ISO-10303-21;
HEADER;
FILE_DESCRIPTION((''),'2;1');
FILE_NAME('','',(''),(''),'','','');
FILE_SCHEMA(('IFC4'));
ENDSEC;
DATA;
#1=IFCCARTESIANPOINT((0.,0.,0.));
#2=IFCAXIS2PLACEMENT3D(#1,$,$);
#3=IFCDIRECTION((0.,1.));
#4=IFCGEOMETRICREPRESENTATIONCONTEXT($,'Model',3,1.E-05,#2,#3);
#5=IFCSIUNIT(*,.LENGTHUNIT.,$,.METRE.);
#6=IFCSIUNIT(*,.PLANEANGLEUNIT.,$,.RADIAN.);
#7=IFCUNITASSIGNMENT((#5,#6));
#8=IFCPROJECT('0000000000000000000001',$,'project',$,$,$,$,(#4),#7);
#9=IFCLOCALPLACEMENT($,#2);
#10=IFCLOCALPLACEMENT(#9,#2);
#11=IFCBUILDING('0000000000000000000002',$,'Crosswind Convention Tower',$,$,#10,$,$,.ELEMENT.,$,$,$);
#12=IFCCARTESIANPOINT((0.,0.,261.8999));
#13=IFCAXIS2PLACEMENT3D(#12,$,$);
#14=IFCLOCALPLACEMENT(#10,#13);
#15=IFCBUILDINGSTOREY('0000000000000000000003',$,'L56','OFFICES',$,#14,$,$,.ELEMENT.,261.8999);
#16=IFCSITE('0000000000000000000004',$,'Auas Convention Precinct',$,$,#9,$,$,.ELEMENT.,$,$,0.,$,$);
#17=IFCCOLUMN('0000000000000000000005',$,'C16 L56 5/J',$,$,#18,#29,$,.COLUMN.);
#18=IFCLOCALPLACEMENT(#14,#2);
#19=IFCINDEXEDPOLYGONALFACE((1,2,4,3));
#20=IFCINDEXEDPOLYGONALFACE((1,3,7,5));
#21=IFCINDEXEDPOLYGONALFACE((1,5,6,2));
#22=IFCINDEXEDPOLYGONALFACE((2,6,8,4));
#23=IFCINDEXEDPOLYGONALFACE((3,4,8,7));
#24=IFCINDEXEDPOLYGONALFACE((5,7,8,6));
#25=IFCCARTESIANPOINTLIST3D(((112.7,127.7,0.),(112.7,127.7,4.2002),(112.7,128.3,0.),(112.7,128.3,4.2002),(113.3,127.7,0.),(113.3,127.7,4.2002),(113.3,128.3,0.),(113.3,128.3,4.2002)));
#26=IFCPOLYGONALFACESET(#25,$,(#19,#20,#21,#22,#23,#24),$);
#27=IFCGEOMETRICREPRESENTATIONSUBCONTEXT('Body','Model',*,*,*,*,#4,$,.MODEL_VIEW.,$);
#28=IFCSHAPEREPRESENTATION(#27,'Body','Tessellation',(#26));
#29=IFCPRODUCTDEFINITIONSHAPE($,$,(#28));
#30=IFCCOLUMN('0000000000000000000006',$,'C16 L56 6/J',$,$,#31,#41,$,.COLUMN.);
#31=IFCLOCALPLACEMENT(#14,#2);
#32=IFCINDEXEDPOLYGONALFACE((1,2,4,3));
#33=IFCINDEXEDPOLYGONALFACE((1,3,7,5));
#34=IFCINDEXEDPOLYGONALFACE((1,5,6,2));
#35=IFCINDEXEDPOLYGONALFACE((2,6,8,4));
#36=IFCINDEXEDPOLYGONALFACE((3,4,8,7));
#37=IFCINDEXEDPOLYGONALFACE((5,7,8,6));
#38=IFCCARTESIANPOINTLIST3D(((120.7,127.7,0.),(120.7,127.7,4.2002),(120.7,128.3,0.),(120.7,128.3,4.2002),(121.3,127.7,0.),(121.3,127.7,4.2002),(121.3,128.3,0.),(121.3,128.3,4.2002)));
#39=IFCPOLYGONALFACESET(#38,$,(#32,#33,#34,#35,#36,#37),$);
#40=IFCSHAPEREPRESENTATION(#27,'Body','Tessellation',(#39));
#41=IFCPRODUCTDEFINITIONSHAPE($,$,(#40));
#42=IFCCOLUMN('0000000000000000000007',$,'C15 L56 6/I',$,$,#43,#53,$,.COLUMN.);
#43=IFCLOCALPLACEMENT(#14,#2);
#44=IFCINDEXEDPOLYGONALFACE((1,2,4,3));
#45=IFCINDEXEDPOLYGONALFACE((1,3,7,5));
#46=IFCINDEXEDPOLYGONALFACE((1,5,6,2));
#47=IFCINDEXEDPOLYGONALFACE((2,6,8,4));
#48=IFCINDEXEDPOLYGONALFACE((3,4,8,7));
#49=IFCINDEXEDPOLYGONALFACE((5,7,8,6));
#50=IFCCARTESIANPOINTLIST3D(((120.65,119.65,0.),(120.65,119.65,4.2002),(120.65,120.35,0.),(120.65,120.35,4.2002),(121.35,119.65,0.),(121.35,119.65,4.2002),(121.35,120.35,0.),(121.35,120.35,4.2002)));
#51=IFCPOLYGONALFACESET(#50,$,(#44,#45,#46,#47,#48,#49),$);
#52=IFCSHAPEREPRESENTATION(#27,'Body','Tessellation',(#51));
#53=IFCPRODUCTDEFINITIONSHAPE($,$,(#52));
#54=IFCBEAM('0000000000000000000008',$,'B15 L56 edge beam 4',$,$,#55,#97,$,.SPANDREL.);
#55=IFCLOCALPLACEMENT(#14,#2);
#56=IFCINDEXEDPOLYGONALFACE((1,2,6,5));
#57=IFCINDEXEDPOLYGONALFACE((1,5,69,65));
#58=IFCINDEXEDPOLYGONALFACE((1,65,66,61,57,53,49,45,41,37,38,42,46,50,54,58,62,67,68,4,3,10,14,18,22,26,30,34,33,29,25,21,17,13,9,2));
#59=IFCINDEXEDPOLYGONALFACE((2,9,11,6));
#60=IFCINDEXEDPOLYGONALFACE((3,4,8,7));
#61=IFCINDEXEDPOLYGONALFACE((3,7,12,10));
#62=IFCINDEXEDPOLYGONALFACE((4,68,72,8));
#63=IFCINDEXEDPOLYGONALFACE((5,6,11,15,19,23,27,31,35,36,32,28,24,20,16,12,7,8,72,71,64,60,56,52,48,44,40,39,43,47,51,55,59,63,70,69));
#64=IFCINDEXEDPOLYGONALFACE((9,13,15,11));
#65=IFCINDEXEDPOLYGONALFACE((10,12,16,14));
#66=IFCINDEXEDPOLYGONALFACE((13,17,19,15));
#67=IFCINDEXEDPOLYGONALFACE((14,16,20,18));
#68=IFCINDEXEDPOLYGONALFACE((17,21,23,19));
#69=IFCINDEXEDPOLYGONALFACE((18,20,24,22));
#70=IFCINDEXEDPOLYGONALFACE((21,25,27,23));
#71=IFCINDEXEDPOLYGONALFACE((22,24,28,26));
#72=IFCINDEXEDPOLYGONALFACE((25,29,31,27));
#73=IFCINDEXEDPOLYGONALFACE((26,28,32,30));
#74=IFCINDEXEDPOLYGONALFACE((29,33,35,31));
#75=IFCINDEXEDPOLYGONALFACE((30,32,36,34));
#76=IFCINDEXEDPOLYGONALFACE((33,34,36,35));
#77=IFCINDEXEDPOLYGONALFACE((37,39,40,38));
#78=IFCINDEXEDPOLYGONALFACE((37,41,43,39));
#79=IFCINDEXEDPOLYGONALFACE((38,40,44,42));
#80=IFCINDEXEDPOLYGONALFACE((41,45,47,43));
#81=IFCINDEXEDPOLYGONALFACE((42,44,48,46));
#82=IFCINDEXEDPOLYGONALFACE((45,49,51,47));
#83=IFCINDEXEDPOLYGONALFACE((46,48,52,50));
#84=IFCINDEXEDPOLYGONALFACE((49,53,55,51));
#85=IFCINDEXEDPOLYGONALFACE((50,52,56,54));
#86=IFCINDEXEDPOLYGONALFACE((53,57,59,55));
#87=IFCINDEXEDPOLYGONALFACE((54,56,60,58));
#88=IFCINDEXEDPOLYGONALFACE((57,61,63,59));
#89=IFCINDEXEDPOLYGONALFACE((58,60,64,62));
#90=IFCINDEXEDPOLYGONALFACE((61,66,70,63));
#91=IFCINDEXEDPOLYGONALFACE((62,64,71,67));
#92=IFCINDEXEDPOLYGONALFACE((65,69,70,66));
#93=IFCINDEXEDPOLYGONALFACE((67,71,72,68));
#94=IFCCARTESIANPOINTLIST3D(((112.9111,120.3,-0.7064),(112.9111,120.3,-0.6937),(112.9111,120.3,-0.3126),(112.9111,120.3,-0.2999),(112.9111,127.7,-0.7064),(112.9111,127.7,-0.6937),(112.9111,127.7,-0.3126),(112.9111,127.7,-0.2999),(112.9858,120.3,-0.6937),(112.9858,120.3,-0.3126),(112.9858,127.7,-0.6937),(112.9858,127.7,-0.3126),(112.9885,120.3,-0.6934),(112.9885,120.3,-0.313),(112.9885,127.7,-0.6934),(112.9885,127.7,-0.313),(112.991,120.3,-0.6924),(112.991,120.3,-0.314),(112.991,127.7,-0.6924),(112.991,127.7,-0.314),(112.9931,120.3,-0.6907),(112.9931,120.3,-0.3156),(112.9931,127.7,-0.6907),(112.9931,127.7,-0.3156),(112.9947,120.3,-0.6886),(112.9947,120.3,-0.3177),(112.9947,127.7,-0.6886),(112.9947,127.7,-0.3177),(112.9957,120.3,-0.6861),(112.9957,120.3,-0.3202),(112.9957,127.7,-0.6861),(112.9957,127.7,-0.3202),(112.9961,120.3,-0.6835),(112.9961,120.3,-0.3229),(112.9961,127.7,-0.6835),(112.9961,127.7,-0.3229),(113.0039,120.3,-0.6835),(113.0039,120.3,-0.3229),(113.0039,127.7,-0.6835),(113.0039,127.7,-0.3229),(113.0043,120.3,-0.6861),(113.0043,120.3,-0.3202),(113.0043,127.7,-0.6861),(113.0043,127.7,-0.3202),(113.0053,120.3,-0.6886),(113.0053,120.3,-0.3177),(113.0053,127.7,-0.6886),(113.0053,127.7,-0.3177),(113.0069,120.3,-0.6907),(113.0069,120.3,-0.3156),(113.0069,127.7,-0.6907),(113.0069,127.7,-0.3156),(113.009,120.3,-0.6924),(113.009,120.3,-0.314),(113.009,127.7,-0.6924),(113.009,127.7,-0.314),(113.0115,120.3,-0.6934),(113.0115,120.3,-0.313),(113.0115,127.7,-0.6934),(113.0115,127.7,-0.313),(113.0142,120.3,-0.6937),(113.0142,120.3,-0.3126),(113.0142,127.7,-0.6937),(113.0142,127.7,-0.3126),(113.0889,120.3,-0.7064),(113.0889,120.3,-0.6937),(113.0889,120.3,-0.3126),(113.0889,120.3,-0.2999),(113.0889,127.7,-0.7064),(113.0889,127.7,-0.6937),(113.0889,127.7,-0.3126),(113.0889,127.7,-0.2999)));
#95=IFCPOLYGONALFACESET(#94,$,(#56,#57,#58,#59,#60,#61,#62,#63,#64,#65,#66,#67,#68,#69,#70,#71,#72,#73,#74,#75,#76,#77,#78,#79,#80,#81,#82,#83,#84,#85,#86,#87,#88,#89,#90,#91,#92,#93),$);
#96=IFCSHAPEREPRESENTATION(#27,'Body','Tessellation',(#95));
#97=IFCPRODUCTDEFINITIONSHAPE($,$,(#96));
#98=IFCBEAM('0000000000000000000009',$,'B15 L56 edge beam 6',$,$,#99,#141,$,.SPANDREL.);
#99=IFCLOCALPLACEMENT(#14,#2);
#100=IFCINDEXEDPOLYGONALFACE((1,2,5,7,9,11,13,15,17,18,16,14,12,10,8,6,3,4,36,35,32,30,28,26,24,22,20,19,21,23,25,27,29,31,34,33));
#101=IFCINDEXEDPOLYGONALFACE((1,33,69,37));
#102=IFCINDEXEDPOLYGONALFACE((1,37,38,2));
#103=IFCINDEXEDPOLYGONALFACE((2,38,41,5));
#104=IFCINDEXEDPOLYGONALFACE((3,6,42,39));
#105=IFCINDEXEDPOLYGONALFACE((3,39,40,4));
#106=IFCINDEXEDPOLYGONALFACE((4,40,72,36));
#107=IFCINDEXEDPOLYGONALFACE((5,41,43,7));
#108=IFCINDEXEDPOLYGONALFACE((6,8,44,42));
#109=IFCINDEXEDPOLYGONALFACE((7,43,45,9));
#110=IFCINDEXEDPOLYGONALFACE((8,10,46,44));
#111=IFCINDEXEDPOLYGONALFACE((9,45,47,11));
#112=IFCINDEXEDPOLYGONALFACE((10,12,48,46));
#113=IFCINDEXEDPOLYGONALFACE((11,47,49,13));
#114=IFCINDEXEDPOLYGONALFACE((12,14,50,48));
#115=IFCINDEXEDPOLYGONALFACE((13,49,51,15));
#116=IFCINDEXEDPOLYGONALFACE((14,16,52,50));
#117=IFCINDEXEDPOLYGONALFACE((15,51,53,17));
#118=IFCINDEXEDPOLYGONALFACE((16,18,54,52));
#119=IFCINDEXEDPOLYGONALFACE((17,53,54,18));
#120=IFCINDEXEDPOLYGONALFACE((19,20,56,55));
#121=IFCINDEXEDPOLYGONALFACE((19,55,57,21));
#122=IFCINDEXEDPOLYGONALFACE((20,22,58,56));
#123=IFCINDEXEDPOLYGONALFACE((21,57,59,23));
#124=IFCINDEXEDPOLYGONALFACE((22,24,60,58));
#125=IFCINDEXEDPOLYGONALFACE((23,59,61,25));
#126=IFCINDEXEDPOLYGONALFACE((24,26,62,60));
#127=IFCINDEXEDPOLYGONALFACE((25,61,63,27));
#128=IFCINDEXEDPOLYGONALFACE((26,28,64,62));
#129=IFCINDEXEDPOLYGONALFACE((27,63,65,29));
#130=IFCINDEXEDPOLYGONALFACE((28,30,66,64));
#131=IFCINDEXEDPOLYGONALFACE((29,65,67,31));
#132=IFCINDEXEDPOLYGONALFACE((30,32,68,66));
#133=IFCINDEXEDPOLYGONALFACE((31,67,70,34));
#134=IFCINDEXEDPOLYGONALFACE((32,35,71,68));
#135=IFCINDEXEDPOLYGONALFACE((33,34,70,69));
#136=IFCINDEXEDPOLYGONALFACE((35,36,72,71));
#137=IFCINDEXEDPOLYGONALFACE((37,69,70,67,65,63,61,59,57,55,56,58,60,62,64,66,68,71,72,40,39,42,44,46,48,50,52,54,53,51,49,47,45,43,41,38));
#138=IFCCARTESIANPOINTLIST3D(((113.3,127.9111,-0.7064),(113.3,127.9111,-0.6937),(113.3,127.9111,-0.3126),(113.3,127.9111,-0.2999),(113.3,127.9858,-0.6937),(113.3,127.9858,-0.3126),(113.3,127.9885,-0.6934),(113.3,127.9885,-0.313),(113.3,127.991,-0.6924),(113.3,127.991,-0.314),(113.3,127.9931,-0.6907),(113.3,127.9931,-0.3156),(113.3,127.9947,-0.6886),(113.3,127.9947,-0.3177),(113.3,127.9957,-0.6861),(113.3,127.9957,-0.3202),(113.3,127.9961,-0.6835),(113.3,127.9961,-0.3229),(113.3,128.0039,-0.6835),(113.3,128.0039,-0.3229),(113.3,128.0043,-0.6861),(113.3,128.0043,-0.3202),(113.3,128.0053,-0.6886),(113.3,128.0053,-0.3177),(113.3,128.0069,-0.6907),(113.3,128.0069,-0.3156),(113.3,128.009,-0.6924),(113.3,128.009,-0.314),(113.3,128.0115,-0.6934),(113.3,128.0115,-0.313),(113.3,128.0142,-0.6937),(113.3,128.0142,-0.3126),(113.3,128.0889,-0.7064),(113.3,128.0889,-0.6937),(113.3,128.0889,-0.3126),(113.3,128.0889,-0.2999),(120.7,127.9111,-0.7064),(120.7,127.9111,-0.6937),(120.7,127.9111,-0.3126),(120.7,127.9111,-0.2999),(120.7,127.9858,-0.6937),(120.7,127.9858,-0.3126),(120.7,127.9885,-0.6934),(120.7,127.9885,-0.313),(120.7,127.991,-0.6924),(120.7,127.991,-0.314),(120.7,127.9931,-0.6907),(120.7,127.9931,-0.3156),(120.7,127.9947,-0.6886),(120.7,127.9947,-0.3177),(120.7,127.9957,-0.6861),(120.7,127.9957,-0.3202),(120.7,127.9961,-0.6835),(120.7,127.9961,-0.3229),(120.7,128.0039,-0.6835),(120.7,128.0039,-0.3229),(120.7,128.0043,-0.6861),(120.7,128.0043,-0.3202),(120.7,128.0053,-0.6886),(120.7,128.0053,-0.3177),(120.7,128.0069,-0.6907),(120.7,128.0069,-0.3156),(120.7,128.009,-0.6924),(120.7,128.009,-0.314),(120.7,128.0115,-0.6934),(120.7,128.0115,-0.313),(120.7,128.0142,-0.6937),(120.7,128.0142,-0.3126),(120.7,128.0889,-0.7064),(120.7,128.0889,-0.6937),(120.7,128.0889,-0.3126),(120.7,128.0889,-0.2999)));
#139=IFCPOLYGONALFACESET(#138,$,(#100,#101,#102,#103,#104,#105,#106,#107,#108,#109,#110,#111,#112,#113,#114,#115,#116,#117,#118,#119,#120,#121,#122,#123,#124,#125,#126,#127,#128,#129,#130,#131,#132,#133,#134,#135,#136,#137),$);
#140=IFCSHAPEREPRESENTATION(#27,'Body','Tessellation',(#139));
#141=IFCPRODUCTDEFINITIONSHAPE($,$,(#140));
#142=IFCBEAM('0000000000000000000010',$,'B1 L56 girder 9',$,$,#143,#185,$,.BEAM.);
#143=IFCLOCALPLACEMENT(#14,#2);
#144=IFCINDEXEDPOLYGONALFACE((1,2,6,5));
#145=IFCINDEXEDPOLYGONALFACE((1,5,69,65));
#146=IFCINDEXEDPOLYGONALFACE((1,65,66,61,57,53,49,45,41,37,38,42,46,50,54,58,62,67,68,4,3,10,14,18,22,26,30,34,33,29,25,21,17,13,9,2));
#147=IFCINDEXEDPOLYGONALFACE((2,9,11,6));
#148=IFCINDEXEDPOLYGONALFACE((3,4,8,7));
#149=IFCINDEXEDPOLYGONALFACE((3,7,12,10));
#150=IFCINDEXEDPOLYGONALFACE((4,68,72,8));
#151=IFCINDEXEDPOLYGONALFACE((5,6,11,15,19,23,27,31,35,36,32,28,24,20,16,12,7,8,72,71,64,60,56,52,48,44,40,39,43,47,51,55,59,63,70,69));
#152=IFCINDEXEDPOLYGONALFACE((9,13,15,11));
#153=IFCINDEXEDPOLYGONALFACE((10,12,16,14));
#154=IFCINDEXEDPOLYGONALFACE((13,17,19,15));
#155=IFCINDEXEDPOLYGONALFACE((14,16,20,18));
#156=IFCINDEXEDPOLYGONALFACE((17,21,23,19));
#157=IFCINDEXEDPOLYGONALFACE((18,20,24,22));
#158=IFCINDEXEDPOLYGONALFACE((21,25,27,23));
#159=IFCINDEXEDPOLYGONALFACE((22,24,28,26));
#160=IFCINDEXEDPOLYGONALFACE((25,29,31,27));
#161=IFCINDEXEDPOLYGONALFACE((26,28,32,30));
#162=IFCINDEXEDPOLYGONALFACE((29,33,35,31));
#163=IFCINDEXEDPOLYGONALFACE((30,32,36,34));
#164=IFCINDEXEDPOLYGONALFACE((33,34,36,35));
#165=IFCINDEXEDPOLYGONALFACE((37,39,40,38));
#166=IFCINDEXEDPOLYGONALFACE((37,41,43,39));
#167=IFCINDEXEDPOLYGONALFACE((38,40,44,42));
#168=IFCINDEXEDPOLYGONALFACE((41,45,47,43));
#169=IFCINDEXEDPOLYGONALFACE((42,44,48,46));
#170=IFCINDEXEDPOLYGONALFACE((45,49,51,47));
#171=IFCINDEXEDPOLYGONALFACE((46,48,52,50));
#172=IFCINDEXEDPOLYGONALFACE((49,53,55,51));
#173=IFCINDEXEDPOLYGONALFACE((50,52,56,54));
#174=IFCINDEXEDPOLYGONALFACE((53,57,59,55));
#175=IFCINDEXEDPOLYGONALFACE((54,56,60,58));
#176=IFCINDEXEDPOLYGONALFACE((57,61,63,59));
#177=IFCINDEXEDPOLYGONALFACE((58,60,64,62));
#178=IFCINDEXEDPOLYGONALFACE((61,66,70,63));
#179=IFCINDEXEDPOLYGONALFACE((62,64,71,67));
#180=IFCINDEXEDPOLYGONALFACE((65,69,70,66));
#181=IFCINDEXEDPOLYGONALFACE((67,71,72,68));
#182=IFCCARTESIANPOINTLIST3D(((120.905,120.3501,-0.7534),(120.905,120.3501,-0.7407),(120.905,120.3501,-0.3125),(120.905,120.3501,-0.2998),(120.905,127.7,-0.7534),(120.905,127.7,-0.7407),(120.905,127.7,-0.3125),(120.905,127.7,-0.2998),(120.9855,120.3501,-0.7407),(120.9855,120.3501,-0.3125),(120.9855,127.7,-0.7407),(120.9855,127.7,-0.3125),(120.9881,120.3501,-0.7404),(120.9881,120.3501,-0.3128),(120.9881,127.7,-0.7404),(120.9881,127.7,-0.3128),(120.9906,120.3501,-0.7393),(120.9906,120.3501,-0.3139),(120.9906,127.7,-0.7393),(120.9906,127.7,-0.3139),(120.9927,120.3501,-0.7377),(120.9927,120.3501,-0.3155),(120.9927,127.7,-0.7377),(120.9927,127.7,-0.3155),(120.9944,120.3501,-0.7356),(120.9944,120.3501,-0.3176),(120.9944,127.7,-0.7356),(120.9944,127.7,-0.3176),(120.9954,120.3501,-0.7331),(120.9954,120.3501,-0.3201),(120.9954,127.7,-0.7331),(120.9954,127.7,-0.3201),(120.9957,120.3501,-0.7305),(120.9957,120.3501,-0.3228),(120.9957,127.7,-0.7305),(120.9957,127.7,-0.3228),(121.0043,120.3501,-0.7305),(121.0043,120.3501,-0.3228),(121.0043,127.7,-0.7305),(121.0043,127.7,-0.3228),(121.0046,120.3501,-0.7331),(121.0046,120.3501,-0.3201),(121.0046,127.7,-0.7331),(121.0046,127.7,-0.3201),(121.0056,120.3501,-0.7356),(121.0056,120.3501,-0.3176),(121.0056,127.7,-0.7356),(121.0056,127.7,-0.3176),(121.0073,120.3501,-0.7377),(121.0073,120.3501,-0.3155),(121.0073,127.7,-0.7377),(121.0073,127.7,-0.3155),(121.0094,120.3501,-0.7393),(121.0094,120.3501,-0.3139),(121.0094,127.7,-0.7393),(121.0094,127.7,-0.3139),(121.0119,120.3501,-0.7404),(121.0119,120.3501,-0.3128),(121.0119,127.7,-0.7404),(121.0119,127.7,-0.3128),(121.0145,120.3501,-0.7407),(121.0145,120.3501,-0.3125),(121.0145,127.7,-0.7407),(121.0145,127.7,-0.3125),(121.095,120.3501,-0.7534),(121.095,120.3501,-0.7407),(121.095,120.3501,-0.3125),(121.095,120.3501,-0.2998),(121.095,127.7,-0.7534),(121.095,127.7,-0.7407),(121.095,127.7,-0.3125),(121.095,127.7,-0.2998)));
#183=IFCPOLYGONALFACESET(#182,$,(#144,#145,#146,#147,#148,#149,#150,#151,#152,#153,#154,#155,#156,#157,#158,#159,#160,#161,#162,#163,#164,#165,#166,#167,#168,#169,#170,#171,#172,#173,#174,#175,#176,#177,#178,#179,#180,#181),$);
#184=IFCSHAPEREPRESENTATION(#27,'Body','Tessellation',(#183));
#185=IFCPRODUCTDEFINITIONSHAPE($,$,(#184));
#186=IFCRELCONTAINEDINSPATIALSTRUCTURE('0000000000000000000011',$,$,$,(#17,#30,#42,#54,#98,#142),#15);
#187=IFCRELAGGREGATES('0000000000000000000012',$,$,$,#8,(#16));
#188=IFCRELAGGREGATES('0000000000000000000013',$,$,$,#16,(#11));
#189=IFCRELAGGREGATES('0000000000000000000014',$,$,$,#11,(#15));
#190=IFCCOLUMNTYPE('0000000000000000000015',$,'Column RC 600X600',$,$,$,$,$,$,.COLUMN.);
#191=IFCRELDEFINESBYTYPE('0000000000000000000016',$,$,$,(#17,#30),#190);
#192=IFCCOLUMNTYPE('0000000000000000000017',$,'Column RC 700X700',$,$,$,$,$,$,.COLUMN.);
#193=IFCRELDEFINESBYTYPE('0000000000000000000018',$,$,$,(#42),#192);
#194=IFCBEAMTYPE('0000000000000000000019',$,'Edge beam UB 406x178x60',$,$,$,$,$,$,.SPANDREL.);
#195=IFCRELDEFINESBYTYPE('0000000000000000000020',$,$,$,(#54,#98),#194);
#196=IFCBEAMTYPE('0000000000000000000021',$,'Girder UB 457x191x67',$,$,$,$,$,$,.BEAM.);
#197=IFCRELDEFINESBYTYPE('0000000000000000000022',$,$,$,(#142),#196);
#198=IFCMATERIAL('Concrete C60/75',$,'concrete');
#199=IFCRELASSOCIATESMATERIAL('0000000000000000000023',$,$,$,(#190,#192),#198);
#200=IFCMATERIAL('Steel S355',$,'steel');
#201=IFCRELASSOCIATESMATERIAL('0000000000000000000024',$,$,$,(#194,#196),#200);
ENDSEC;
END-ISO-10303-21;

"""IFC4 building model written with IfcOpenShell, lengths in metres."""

from ifc_helpers import new_model, si_unit, direction, frame, origin, origin_2d, place, context, subcontext, project, spatial, rectangle, i_section, extrude, material, material_profile, profile_set, type_object, element, save


model = new_model("IFC4")

# Units and contexts
model_context = context("Model", 3, precision=1e-05, world=origin(), true_north=direction((0.0, 1.0)))
body_context = subcontext(model_context, "Body", "Model", "MODEL_VIEW")
ifc_project = project(units=[si_unit("LENGTHUNIT", "METRE"), si_unit("PLANEANGLEUNIT", "RADIAN")], contexts=[model_context])

# Site, building, storey
site_placement = place(None, origin())
site = spatial("IfcSite", under=ifc_project, at=site_placement, Name="Auas Convention Precinct", CompositionType="ELEMENT", RefElevation=0.0)
building_placement = place(site_placement, origin())
building = spatial("IfcBuilding", under=site, at=building_placement, Name="Crosswind Convention Tower", CompositionType="ELEMENT")
storey_placement = place(building_placement, frame((0.0, 0.0, 261.8999)))
storey = spatial("IfcBuildingStorey", under=building, at=storey_placement, Name="L56", Description="OFFICES", CompositionType="ELEMENT", Elevation=261.8999)

# Columns
ifc_material_1 = material(Name="Concrete C60/75", Category="concrete")
ifc_material_profile_1 = material_profile(ifc_material_1, rectangle(XDim=0.6001, YDim=0.6001, at=origin_2d()), Name="RC 600X600")
ifc_profile_set_1 = profile_set([ifc_material_profile_1], Name="Concrete C60/75")
column_type_1 = type_object("IfcColumnType", Name="Column RC 600X600", PredefinedType="COLUMN", material=ifc_profile_set_1)
for number, where, z_axis, x_axis, name in (
    (1, (113.0, 128.0, 0.0), (0.0, 0.0, 1.0), (1.0, 0.0, 0.0), "C16 L56 5/J"),
    (2, (121.0, 128.0, 0.0), (0.0, 0.0, 1.0), (1.0, 0.0, 0.0), "C16 L56 6/J"),
):
    element("IfcColumn", number, at=place(storey_placement, frame(where, z_axis=z_axis, x_axis=x_axis)), inside=storey, type_object=column_type_1, Name=name, PredefinedType="COLUMN", context=body_context, shape_type="SweptSolid", body=[
        extrude(rectangle(XDim=0.6001, YDim=0.6001, at=origin_2d()), origin(), (0.0, 0.0, 1.0), 4.2002),
    ])
ifc_material_profile_2 = material_profile(ifc_material_1, rectangle(XDim=0.7, YDim=0.7, at=origin_2d()), Name="RC 700X700")
ifc_profile_set_2 = profile_set([ifc_material_profile_2], Name="Concrete C60/75")
column_type_2 = type_object("IfcColumnType", Name="Column RC 700X700", PredefinedType="COLUMN", material=ifc_profile_set_2)
column_placement = place(storey_placement, frame((121.0, 120.0, 0.0), z_axis=(0.0, 0.0, 1.0), x_axis=(1.0, 0.0, 0.0)))
element("IfcColumn", 3, at=column_placement, inside=storey, type_object=column_type_2, Name="C15 L56 6/I", PredefinedType="COLUMN", context=body_context, shape_type="SweptSolid", body=[
    extrude(rectangle(XDim=0.7, YDim=0.7, at=origin_2d()), origin(), (0.0, 0.0, 1.0), 4.2002),
])

# Beams
ifc_material_2 = material(Name="Steel S355", Category="steel")
ifc_material_profile_3 = material_profile(ifc_material_2, i_section(OverallWidth=0.1777, OverallDepth=0.4065, WebThickness=0.0078, FlangeThickness=0.0127, FilletRadius=0.0103, at=origin_2d()), Name="UB 406x178x60")
ifc_profile_set_3 = profile_set([ifc_material_profile_3], Name="Steel S355")
beam_type_1 = type_object("IfcBeamType", Name="Edge beam UB 406x178x60", PredefinedType="SPANDREL", material=ifc_profile_set_3)
for number, where, z_axis, x_axis, name in (
    (4, (113.0, 120.3, -0.5032), (0.0, 1.0, 0.0), (-1.0, 0.0, 0.0), "B15 L56 edge beam 4"),
    (5, (113.3, 128.0, -0.5032), (1.0, 0.0, 0.0), (0.0, 1.0, 0.0), "B15 L56 edge beam 6"),
):
    element("IfcBeam", number, at=place(storey_placement, frame(where, z_axis=z_axis, x_axis=x_axis)), inside=storey, type_object=beam_type_1, Name=name, PredefinedType="SPANDREL", context=body_context, shape_type="SweptSolid", body=[
        extrude(i_section(OverallWidth=0.1777, OverallDepth=0.4065, WebThickness=0.0078, FlangeThickness=0.0127, FilletRadius=0.0103, at=origin_2d()), origin(), (0.0, 0.0, 1.0), 7.3999),
    ])
ifc_material_profile_4 = material_profile(ifc_material_2, i_section(OverallWidth=0.1899, OverallDepth=0.4536, WebThickness=0.0085, FlangeThickness=0.0127, FilletRadius=0.0103, at=origin_2d()), Name="UB 457x191x67")
ifc_profile_set_4 = profile_set([ifc_material_profile_4], Name="Steel S355")
beam_type_2 = type_object("IfcBeamType", Name="Girder UB 457x191x67", PredefinedType="BEAM", material=ifc_profile_set_4)
beam_1_placement = place(storey_placement, frame((121.0, 120.3501, -0.5266), z_axis=(0.0, 1.0, 0.0), x_axis=(-1.0, 0.0, 0.0)))
element("IfcBeam", 6, at=beam_1_placement, inside=storey, type_object=beam_type_2, Name="B1 L56 girder 9", PredefinedType="BEAM", context=body_context, shape_type="SweptSolid", body=[
    extrude(i_section(OverallWidth=0.1899, OverallDepth=0.4536, WebThickness=0.0085, FlangeThickness=0.0127, FilletRadius=0.0103, at=origin_2d()), origin(), (0.0, 0.0, 1.0), 7.3499),
])

save(model, "model.ifc")
